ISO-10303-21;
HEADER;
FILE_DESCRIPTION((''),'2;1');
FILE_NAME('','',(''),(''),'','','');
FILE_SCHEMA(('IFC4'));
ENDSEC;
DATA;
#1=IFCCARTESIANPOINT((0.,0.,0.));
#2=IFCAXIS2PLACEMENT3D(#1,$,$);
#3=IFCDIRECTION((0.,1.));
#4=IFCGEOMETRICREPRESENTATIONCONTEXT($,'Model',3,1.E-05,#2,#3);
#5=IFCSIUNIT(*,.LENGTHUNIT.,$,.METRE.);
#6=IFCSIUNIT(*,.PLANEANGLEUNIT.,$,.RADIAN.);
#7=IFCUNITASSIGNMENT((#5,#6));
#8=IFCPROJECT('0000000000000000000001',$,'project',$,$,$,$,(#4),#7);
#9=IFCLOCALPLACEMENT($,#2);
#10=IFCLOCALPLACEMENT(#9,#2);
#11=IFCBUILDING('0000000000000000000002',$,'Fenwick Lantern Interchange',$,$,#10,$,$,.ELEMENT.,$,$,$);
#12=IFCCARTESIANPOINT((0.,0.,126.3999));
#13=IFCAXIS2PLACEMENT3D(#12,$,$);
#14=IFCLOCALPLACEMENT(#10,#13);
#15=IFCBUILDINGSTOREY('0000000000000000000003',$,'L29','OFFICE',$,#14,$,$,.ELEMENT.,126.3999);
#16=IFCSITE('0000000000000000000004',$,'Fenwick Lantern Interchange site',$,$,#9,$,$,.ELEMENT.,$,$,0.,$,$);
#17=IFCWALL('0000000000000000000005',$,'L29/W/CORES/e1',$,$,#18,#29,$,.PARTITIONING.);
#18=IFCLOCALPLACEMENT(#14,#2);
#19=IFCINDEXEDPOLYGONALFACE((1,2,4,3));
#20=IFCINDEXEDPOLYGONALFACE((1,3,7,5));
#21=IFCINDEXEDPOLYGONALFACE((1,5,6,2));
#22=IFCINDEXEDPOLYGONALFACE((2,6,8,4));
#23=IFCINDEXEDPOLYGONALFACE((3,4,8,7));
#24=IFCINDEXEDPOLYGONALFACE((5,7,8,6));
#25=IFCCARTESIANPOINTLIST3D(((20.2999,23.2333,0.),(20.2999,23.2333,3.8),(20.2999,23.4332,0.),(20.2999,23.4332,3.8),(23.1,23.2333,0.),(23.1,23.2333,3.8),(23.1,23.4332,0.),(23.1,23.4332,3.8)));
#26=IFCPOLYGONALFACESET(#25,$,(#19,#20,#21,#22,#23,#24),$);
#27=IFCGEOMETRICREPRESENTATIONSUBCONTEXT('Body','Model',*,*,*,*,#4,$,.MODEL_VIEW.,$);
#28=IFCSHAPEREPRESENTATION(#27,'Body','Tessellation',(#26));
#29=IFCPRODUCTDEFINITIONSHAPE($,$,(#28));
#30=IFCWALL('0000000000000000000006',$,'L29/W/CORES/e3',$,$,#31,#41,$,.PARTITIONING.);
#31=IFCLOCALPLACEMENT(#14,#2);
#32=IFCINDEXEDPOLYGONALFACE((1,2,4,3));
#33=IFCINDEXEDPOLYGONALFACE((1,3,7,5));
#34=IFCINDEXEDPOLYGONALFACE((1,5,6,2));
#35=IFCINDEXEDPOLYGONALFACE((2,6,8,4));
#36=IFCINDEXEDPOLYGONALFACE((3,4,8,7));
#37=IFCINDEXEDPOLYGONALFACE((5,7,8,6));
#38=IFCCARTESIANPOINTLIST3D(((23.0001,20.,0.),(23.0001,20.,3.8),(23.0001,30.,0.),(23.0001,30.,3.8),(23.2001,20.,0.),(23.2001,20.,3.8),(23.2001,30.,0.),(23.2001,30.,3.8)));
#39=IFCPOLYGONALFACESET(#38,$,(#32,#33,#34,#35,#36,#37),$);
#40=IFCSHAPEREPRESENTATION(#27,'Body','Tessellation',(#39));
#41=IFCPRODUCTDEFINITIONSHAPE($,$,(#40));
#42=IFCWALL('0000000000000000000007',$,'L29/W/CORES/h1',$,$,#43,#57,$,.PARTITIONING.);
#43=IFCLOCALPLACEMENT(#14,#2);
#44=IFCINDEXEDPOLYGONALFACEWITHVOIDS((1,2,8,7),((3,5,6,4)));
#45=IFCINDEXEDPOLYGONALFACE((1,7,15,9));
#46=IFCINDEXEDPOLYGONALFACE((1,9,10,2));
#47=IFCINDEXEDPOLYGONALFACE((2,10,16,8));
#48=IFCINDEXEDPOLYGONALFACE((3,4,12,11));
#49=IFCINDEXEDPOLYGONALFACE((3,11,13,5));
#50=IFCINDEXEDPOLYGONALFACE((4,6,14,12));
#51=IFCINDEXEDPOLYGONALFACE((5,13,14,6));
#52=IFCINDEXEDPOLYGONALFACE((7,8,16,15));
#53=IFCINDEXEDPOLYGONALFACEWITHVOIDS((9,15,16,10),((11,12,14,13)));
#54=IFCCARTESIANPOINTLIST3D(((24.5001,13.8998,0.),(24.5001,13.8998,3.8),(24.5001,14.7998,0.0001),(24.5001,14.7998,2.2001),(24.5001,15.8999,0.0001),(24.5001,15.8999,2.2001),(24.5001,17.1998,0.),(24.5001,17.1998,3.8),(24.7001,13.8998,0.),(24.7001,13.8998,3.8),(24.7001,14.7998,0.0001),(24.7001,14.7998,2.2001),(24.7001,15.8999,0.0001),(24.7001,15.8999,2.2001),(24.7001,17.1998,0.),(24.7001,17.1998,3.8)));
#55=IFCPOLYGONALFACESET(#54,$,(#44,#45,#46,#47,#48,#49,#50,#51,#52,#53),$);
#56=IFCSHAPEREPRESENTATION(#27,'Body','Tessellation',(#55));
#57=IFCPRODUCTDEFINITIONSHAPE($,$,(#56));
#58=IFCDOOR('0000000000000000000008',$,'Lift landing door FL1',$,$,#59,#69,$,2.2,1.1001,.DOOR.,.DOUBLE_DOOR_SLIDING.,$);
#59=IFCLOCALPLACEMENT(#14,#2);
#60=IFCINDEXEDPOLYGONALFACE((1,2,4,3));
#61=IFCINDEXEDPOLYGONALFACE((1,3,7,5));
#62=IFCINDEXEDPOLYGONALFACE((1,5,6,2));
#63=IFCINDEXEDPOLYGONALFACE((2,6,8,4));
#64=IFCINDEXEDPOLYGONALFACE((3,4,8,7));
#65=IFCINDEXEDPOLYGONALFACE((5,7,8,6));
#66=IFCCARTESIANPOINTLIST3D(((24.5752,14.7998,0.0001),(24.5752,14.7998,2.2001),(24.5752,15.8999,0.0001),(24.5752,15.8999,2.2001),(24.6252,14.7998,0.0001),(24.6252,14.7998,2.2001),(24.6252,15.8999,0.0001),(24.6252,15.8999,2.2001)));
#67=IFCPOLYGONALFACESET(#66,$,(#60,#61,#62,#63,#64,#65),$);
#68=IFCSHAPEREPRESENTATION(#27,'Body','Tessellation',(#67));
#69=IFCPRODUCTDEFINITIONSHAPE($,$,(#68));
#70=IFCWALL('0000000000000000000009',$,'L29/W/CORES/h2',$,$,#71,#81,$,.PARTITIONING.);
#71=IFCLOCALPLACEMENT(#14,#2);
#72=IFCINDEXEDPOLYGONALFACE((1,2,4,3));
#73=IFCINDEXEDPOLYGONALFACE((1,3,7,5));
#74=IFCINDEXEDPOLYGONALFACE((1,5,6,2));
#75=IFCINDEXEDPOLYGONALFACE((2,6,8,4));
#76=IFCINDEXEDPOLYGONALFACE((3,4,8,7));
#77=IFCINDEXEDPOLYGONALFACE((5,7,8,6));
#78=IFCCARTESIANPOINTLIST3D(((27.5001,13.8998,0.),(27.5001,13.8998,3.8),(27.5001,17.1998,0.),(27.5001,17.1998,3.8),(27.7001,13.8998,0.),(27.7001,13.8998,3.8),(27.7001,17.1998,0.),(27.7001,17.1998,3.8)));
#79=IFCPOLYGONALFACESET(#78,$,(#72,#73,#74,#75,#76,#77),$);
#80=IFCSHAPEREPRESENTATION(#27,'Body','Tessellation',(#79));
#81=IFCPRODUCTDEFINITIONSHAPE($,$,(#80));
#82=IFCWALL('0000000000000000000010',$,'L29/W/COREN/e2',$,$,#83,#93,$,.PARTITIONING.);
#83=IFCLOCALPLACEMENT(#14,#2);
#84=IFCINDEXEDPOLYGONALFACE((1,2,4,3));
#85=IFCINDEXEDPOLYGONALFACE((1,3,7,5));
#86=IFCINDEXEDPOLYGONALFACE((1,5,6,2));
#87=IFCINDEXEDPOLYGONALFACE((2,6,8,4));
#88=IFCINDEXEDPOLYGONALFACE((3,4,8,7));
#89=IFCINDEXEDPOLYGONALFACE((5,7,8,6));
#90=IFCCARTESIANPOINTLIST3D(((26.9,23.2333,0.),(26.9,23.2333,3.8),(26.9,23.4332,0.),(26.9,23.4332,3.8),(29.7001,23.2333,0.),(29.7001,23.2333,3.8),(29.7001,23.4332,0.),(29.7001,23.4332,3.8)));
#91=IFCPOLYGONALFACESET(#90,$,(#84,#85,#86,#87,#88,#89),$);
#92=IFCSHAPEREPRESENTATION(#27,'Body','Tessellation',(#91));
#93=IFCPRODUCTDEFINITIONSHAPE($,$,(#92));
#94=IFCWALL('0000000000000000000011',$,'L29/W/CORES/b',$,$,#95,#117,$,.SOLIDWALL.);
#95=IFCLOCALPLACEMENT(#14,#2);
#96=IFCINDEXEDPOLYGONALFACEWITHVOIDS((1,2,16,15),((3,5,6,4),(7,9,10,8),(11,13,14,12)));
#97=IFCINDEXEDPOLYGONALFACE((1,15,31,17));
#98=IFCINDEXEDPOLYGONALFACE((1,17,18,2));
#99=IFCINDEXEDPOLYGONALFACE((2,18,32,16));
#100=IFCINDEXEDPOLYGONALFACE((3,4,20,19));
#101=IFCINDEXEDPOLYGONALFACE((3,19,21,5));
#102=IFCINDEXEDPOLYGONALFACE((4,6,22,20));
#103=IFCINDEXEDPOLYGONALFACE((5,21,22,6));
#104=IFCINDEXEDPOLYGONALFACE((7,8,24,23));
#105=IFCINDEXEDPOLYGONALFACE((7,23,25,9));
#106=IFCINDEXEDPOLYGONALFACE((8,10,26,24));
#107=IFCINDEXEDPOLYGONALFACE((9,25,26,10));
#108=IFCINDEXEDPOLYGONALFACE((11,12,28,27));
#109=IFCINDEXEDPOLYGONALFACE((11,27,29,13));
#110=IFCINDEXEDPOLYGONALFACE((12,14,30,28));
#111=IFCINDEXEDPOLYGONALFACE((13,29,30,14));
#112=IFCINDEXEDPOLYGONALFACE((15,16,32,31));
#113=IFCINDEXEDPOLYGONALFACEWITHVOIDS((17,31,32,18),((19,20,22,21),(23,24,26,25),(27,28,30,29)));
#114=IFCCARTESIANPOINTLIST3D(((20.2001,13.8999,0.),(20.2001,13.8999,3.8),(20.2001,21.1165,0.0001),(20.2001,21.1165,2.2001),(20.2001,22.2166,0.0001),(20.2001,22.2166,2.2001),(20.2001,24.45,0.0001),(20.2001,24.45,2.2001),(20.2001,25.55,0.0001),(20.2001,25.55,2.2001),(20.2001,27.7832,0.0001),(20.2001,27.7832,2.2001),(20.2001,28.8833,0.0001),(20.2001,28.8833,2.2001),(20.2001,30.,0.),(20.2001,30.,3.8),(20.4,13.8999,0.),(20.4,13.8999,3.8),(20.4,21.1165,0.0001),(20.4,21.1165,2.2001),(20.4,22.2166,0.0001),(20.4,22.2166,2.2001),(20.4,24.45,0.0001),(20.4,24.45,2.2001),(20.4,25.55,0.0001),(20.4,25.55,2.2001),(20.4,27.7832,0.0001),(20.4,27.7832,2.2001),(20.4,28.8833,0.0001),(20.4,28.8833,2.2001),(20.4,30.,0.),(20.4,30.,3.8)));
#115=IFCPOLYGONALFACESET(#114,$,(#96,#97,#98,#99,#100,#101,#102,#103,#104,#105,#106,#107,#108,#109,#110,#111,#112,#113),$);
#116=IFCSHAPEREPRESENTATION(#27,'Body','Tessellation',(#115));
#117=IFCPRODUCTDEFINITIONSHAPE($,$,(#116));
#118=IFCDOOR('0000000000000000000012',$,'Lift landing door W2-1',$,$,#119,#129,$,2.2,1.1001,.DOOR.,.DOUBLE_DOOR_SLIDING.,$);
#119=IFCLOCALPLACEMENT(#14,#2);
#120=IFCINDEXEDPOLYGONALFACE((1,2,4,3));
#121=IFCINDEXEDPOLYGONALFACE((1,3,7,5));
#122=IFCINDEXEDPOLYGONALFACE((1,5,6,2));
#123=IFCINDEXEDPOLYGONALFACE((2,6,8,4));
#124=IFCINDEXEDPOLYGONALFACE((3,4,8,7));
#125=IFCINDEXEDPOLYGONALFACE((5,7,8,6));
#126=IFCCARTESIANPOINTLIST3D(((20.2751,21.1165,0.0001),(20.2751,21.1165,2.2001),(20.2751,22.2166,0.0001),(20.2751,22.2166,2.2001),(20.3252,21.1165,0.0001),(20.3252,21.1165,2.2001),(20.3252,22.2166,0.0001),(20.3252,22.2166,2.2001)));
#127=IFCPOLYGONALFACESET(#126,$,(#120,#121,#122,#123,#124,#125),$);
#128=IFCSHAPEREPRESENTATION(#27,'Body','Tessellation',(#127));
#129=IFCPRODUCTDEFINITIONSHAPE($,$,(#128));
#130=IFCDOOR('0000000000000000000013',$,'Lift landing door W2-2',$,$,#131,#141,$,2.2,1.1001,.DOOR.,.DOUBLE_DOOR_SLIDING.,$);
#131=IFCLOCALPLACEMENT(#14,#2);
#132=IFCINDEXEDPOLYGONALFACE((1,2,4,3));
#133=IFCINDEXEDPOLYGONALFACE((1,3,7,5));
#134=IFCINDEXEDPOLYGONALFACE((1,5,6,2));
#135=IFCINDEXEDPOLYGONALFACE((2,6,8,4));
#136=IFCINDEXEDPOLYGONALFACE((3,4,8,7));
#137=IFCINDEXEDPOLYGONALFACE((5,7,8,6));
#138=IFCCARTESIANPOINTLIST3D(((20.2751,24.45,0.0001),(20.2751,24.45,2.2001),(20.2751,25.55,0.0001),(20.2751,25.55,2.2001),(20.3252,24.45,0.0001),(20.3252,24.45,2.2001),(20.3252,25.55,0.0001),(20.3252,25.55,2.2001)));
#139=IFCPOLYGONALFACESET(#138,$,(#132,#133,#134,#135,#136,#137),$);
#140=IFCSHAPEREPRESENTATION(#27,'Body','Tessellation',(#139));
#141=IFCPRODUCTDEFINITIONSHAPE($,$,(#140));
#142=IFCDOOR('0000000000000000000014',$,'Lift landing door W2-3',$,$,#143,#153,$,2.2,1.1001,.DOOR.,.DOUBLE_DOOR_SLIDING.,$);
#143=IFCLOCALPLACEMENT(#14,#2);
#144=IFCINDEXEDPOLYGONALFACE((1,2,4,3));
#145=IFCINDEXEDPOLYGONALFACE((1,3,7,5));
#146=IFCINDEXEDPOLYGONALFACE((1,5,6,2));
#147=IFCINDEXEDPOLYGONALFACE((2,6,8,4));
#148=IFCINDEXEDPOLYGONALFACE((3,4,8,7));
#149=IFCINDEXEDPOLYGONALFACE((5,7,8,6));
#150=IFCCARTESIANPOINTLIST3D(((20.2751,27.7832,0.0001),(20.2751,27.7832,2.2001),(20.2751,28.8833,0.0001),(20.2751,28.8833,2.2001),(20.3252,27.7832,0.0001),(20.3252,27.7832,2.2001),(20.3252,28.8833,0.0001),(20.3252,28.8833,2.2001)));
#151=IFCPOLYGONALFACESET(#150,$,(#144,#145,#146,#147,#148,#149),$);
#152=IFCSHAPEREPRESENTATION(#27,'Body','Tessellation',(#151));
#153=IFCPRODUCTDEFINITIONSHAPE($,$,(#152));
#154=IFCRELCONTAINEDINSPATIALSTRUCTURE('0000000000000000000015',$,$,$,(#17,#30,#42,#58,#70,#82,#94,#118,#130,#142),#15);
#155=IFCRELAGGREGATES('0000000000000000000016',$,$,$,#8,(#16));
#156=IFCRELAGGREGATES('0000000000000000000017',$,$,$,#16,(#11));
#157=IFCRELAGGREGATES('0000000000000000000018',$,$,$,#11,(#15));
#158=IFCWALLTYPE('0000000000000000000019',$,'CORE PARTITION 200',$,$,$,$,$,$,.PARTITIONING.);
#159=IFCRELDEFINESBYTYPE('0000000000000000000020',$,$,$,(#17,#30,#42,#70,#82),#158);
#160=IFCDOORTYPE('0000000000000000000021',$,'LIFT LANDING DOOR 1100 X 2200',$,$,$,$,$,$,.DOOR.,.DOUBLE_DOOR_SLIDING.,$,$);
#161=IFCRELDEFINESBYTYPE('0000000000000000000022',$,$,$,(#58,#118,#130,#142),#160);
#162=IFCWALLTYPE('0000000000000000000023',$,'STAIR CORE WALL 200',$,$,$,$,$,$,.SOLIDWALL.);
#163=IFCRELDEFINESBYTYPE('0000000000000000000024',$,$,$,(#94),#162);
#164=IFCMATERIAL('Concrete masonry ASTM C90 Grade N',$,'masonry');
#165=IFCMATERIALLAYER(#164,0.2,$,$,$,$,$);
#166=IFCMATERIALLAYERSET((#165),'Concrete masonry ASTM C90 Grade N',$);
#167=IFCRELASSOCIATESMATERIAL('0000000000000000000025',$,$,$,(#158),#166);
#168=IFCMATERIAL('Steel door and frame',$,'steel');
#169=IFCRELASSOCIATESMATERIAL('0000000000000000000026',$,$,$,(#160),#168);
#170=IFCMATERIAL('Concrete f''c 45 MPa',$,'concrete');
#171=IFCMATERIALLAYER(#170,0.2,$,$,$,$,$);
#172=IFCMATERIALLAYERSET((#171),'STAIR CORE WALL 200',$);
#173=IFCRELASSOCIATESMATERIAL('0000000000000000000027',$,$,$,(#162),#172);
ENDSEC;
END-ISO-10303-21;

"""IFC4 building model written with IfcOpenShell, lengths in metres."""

from ifc_helpers import new_model, si_unit, direction, frame, frame_2d, origin, place, context, subcontext, project, spatial, rectangle, extrude, material, layer, layer_set, type_object, element, fill, save


model = new_model("IFC4")

# Units and contexts
model_context = context("Model", 3, precision=1e-05, world=origin(), true_north=direction((0.0, 1.0)))
body_context = subcontext(model_context, "Body", "Model", "MODEL_VIEW")
ifc_project = project(units=[si_unit("LENGTHUNIT", "METRE"), si_unit("PLANEANGLEUNIT", "RADIAN")], contexts=[model_context])

# Site, building, storey
site_placement = place(None, origin())
site = spatial("IfcSite", under=ifc_project, at=site_placement, Name="Fenwick Lantern Interchange site", CompositionType="ELEMENT", RefElevation=0.0)
building_placement = place(site_placement, origin())
building = spatial("IfcBuilding", under=site, at=building_placement, Name="Fenwick Lantern Interchange", CompositionType="ELEMENT")
storey_placement = place(building_placement, frame((0.0, 0.0, 126.3999)))
storey = spatial("IfcBuildingStorey", under=building, at=storey_placement, Name="L29", Description="OFFICE", CompositionType="ELEMENT", Elevation=126.3999)

# Walls
ifc_material_1 = material(Name="Concrete masonry ASTM C90 Grade N", Category="masonry")
ifc_layer_1 = layer(ifc_material_1, 0.2)
ifc_layer_set_1 = layer_set([ifc_layer_1], Name="Concrete masonry ASTM C90 Grade N")
wall_type_1 = type_object("IfcWallType", Name="CORE PARTITION 200", PredefinedType="PARTITIONING", material=ifc_layer_set_1)
wall_1_placement = place(storey_placement, frame((20.3, 23.3333, 0.0), z_axis=(0.0, 0.0, 1.0), x_axis=(1.0, 0.0, 0.0)))
element("IfcWall", 1, at=wall_1_placement, inside=storey, type_object=wall_type_1, Name="L29/W/CORES/e1", PredefinedType="PARTITIONING", context=body_context, shape_type="SweptSolid", body=[
    extrude(rectangle(XDim=2.8, YDim=0.2, at=frame_2d((1.3999, 0.0))), origin(), (0.0, 0.0, 1.0), 3.8),
])
wall_2_placement = place(storey_placement, frame((23.1001, 20.0, 0.0), z_axis=(0.0, 0.0, 1.0), x_axis=(0.0, 1.0, 0.0)))
element("IfcWall", 2, at=wall_2_placement, inside=storey, type_object=wall_type_1, Name="L29/W/CORES/e3", PredefinedType="PARTITIONING", context=body_context, shape_type="SweptSolid", body=[
    extrude(rectangle(XDim=10.0, YDim=0.2, at=frame_2d((5.0, 0.0))), origin(), (0.0, 0.0, 1.0), 3.8),
])

# Wall, opening, door
wall_3_placement = place(storey_placement, frame((24.6001, 13.8999, 0.0), z_axis=(0.0, 0.0, 1.0), x_axis=(0.0, 1.0, 0.0)))
wall_3 = element("IfcWall", 3, at=wall_3_placement, inside=storey, type_object=wall_type_1, Name="L29/W/CORES/h1", PredefinedType="PARTITIONING", context=body_context, shape_type="SweptSolid", body=[
    extrude(rectangle(XDim=3.3, YDim=0.2, at=frame_2d((1.6499, 0.0))), origin(), (0.0, 0.0, 1.0), 3.8),
])
opening_1_placement = place(wall_3_placement, frame((0.8999, 0.0, 0.0)))
opening_1 = element("IfcOpeningElement", 4, at=opening_1_placement, cuts=wall_3, PredefinedType="OPENING", context=body_context, shape_type="SweptSolid", body=[
    extrude(rectangle(XDim=1.1001, YDim=2.2, at=frame_2d((0.55, 1.1001))), frame((0.0, 0.1099, 0.0), z_axis=(0.0, -1.0, 0.0), x_axis=(1.0, 0.0, 0.0)), (0.0, 0.0, 1.0), 0.22),
])
ifc_material_2 = material(Name="Steel door and frame", Category="steel")
door_type_1 = type_object("IfcDoorType", Name="LIFT LANDING DOOR 1100 X 2200", OperationType="DOUBLE_DOOR_SLIDING", PredefinedType="DOOR", material=ifc_material_2)
door_1_placement = place(opening_1_placement, origin())
door_1 = element("IfcDoor", 5, at=door_1_placement, inside=storey, type_object=door_type_1, Name="Lift landing door FL1", OperationType="DOUBLE_DOOR_SLIDING", OverallHeight=2.2, OverallWidth=1.1001, PredefinedType="DOOR", context=body_context, shape_type="SweptSolid", body=[
    extrude(rectangle(XDim=1.1001, YDim=2.2, at=frame_2d((0.55, 1.1001))), frame((0.0, 0.0249, 0.0), z_axis=(0.0, -1.0, 0.0), x_axis=(1.0, 0.0, 0.0)), (0.0, 0.0, 1.0), 0.05),
])
fill(opening_1, door_1)

# Walls
wall_4_placement = place(storey_placement, frame((27.6001, 13.8999, 0.0), z_axis=(0.0, 0.0, 1.0), x_axis=(0.0, 1.0, 0.0)))
element("IfcWall", 6, at=wall_4_placement, inside=storey, type_object=wall_type_1, Name="L29/W/CORES/h2", PredefinedType="PARTITIONING", context=body_context, shape_type="SweptSolid", body=[
    extrude(rectangle(XDim=3.3, YDim=0.2, at=frame_2d((1.6499, 0.0))), origin(), (0.0, 0.0, 1.0), 3.8),
])
wall_5_placement = place(storey_placement, frame((29.7, 23.3333, 0.0), z_axis=(0.0, 0.0, 1.0), x_axis=(-1.0, 0.0, 0.0)))
element("IfcWall", 7, at=wall_5_placement, inside=storey, type_object=wall_type_1, Name="L29/W/COREN/e2", PredefinedType="PARTITIONING", context=body_context, shape_type="SweptSolid", body=[
    extrude(rectangle(XDim=2.8, YDim=0.2, at=frame_2d((1.3999, 0.0))), origin(), (0.0, 0.0, 1.0), 3.8),
])

# Wall, openings, doors
ifc_material_3 = material(Name="Concrete f'c 45 MPa", Category="concrete")
ifc_layer_2 = layer(ifc_material_3, 0.2)
ifc_layer_set_2 = layer_set([ifc_layer_2], Name="STAIR CORE WALL 200")
wall_type_2 = type_object("IfcWallType", Name="STAIR CORE WALL 200", PredefinedType="SOLIDWALL", material=ifc_layer_set_2)
wall_6_placement = place(storey_placement, frame((20.3, 13.8999, 0.0), z_axis=(0.0, 0.0, 1.0), x_axis=(0.0, 1.0, 0.0)))
wall_6 = element("IfcWall", 8, at=wall_6_placement, inside=storey, type_object=wall_type_2, Name="L29/W/CORES/b", PredefinedType="SOLIDWALL", context=body_context, shape_type="SweptSolid", body=[
    extrude(rectangle(XDim=16.1001, YDim=0.2, at=frame_2d((8.05, 0.0))), origin(), (0.0, 0.0, 1.0), 3.8),
])
opening_2_placement = place(wall_6_placement, frame((7.2166, 0.0, 0.0)))
opening_2 = element("IfcOpeningElement", 9, at=opening_2_placement, cuts=wall_6, PredefinedType="OPENING", context=body_context, shape_type="SweptSolid", body=[
    extrude(rectangle(XDim=1.1001, YDim=2.2, at=frame_2d((0.55, 1.1001))), frame((0.0, 0.1099, 0.0), z_axis=(0.0, -1.0, 0.0), x_axis=(1.0, 0.0, 0.0)), (0.0, 0.0, 1.0), 0.22),
])
opening_3_placement = place(wall_6_placement, frame((10.55, 0.0, 0.0)))
opening_3 = element("IfcOpeningElement", 10, at=opening_3_placement, cuts=wall_6, PredefinedType="OPENING", context=body_context, shape_type="SweptSolid", body=[
    extrude(rectangle(XDim=1.1001, YDim=2.2, at=frame_2d((0.55, 1.1001))), frame((0.0, 0.1099, 0.0), z_axis=(0.0, -1.0, 0.0), x_axis=(1.0, 0.0, 0.0)), (0.0, 0.0, 1.0), 0.22),
])
opening_4_placement = place(wall_6_placement, frame((13.8833, 0.0, 0.0)))
opening_4 = element("IfcOpeningElement", 11, at=opening_4_placement, cuts=wall_6, PredefinedType="OPENING", context=body_context, shape_type="SweptSolid", body=[
    extrude(rectangle(XDim=1.1001, YDim=2.2, at=frame_2d((0.55, 1.1001))), frame((0.0, 0.1099, 0.0), z_axis=(0.0, -1.0, 0.0), x_axis=(1.0, 0.0, 0.0)), (0.0, 0.0, 1.0), 0.22),
])
door_2_placement = place(opening_2_placement, origin())
door_2 = element("IfcDoor", 12, at=door_2_placement, inside=storey, type_object=door_type_1, Name="Lift landing door W2-1", OperationType="DOUBLE_DOOR_SLIDING", OverallHeight=2.2, OverallWidth=1.1001, PredefinedType="DOOR", context=body_context, shape_type="SweptSolid", body=[
    extrude(rectangle(XDim=1.1001, YDim=2.2, at=frame_2d((0.55, 1.1001))), frame((0.0, 0.0249, 0.0), z_axis=(0.0, -1.0, 0.0), x_axis=(1.0, 0.0, 0.0)), (0.0, 0.0, 1.0), 0.05),
])
fill(opening_2, door_2)
door_3_placement = place(opening_3_placement, origin())
door_3 = element("IfcDoor", 13, at=door_3_placement, inside=storey, type_object=door_type_1, Name="Lift landing door W2-2", OperationType="DOUBLE_DOOR_SLIDING", OverallHeight=2.2, OverallWidth=1.1001, PredefinedType="DOOR", context=body_context, shape_type="SweptSolid", body=[
    extrude(rectangle(XDim=1.1001, YDim=2.2, at=frame_2d((0.55, 1.1001))), frame((0.0, 0.0249, 0.0), z_axis=(0.0, -1.0, 0.0), x_axis=(1.0, 0.0, 0.0)), (0.0, 0.0, 1.0), 0.05),
])
fill(opening_3, door_3)
door_4_placement = place(opening_4_placement, origin())
door_4 = element("IfcDoor", 14, at=door_4_placement, inside=storey, type_object=door_type_1, Name="Lift landing door W2-3", OperationType="DOUBLE_DOOR_SLIDING", OverallHeight=2.2, OverallWidth=1.1001, PredefinedType="DOOR", context=body_context, shape_type="SweptSolid", body=[
    extrude(rectangle(XDim=1.1001, YDim=2.2, at=frame_2d((0.55, 1.1001))), frame((0.0, 0.0249, 0.0), z_axis=(0.0, -1.0, 0.0), x_axis=(1.0, 0.0, 0.0)), (0.0, 0.0, 1.0), 0.05),
])
fill(opening_4, door_4)

save(model, "model.ifc")
